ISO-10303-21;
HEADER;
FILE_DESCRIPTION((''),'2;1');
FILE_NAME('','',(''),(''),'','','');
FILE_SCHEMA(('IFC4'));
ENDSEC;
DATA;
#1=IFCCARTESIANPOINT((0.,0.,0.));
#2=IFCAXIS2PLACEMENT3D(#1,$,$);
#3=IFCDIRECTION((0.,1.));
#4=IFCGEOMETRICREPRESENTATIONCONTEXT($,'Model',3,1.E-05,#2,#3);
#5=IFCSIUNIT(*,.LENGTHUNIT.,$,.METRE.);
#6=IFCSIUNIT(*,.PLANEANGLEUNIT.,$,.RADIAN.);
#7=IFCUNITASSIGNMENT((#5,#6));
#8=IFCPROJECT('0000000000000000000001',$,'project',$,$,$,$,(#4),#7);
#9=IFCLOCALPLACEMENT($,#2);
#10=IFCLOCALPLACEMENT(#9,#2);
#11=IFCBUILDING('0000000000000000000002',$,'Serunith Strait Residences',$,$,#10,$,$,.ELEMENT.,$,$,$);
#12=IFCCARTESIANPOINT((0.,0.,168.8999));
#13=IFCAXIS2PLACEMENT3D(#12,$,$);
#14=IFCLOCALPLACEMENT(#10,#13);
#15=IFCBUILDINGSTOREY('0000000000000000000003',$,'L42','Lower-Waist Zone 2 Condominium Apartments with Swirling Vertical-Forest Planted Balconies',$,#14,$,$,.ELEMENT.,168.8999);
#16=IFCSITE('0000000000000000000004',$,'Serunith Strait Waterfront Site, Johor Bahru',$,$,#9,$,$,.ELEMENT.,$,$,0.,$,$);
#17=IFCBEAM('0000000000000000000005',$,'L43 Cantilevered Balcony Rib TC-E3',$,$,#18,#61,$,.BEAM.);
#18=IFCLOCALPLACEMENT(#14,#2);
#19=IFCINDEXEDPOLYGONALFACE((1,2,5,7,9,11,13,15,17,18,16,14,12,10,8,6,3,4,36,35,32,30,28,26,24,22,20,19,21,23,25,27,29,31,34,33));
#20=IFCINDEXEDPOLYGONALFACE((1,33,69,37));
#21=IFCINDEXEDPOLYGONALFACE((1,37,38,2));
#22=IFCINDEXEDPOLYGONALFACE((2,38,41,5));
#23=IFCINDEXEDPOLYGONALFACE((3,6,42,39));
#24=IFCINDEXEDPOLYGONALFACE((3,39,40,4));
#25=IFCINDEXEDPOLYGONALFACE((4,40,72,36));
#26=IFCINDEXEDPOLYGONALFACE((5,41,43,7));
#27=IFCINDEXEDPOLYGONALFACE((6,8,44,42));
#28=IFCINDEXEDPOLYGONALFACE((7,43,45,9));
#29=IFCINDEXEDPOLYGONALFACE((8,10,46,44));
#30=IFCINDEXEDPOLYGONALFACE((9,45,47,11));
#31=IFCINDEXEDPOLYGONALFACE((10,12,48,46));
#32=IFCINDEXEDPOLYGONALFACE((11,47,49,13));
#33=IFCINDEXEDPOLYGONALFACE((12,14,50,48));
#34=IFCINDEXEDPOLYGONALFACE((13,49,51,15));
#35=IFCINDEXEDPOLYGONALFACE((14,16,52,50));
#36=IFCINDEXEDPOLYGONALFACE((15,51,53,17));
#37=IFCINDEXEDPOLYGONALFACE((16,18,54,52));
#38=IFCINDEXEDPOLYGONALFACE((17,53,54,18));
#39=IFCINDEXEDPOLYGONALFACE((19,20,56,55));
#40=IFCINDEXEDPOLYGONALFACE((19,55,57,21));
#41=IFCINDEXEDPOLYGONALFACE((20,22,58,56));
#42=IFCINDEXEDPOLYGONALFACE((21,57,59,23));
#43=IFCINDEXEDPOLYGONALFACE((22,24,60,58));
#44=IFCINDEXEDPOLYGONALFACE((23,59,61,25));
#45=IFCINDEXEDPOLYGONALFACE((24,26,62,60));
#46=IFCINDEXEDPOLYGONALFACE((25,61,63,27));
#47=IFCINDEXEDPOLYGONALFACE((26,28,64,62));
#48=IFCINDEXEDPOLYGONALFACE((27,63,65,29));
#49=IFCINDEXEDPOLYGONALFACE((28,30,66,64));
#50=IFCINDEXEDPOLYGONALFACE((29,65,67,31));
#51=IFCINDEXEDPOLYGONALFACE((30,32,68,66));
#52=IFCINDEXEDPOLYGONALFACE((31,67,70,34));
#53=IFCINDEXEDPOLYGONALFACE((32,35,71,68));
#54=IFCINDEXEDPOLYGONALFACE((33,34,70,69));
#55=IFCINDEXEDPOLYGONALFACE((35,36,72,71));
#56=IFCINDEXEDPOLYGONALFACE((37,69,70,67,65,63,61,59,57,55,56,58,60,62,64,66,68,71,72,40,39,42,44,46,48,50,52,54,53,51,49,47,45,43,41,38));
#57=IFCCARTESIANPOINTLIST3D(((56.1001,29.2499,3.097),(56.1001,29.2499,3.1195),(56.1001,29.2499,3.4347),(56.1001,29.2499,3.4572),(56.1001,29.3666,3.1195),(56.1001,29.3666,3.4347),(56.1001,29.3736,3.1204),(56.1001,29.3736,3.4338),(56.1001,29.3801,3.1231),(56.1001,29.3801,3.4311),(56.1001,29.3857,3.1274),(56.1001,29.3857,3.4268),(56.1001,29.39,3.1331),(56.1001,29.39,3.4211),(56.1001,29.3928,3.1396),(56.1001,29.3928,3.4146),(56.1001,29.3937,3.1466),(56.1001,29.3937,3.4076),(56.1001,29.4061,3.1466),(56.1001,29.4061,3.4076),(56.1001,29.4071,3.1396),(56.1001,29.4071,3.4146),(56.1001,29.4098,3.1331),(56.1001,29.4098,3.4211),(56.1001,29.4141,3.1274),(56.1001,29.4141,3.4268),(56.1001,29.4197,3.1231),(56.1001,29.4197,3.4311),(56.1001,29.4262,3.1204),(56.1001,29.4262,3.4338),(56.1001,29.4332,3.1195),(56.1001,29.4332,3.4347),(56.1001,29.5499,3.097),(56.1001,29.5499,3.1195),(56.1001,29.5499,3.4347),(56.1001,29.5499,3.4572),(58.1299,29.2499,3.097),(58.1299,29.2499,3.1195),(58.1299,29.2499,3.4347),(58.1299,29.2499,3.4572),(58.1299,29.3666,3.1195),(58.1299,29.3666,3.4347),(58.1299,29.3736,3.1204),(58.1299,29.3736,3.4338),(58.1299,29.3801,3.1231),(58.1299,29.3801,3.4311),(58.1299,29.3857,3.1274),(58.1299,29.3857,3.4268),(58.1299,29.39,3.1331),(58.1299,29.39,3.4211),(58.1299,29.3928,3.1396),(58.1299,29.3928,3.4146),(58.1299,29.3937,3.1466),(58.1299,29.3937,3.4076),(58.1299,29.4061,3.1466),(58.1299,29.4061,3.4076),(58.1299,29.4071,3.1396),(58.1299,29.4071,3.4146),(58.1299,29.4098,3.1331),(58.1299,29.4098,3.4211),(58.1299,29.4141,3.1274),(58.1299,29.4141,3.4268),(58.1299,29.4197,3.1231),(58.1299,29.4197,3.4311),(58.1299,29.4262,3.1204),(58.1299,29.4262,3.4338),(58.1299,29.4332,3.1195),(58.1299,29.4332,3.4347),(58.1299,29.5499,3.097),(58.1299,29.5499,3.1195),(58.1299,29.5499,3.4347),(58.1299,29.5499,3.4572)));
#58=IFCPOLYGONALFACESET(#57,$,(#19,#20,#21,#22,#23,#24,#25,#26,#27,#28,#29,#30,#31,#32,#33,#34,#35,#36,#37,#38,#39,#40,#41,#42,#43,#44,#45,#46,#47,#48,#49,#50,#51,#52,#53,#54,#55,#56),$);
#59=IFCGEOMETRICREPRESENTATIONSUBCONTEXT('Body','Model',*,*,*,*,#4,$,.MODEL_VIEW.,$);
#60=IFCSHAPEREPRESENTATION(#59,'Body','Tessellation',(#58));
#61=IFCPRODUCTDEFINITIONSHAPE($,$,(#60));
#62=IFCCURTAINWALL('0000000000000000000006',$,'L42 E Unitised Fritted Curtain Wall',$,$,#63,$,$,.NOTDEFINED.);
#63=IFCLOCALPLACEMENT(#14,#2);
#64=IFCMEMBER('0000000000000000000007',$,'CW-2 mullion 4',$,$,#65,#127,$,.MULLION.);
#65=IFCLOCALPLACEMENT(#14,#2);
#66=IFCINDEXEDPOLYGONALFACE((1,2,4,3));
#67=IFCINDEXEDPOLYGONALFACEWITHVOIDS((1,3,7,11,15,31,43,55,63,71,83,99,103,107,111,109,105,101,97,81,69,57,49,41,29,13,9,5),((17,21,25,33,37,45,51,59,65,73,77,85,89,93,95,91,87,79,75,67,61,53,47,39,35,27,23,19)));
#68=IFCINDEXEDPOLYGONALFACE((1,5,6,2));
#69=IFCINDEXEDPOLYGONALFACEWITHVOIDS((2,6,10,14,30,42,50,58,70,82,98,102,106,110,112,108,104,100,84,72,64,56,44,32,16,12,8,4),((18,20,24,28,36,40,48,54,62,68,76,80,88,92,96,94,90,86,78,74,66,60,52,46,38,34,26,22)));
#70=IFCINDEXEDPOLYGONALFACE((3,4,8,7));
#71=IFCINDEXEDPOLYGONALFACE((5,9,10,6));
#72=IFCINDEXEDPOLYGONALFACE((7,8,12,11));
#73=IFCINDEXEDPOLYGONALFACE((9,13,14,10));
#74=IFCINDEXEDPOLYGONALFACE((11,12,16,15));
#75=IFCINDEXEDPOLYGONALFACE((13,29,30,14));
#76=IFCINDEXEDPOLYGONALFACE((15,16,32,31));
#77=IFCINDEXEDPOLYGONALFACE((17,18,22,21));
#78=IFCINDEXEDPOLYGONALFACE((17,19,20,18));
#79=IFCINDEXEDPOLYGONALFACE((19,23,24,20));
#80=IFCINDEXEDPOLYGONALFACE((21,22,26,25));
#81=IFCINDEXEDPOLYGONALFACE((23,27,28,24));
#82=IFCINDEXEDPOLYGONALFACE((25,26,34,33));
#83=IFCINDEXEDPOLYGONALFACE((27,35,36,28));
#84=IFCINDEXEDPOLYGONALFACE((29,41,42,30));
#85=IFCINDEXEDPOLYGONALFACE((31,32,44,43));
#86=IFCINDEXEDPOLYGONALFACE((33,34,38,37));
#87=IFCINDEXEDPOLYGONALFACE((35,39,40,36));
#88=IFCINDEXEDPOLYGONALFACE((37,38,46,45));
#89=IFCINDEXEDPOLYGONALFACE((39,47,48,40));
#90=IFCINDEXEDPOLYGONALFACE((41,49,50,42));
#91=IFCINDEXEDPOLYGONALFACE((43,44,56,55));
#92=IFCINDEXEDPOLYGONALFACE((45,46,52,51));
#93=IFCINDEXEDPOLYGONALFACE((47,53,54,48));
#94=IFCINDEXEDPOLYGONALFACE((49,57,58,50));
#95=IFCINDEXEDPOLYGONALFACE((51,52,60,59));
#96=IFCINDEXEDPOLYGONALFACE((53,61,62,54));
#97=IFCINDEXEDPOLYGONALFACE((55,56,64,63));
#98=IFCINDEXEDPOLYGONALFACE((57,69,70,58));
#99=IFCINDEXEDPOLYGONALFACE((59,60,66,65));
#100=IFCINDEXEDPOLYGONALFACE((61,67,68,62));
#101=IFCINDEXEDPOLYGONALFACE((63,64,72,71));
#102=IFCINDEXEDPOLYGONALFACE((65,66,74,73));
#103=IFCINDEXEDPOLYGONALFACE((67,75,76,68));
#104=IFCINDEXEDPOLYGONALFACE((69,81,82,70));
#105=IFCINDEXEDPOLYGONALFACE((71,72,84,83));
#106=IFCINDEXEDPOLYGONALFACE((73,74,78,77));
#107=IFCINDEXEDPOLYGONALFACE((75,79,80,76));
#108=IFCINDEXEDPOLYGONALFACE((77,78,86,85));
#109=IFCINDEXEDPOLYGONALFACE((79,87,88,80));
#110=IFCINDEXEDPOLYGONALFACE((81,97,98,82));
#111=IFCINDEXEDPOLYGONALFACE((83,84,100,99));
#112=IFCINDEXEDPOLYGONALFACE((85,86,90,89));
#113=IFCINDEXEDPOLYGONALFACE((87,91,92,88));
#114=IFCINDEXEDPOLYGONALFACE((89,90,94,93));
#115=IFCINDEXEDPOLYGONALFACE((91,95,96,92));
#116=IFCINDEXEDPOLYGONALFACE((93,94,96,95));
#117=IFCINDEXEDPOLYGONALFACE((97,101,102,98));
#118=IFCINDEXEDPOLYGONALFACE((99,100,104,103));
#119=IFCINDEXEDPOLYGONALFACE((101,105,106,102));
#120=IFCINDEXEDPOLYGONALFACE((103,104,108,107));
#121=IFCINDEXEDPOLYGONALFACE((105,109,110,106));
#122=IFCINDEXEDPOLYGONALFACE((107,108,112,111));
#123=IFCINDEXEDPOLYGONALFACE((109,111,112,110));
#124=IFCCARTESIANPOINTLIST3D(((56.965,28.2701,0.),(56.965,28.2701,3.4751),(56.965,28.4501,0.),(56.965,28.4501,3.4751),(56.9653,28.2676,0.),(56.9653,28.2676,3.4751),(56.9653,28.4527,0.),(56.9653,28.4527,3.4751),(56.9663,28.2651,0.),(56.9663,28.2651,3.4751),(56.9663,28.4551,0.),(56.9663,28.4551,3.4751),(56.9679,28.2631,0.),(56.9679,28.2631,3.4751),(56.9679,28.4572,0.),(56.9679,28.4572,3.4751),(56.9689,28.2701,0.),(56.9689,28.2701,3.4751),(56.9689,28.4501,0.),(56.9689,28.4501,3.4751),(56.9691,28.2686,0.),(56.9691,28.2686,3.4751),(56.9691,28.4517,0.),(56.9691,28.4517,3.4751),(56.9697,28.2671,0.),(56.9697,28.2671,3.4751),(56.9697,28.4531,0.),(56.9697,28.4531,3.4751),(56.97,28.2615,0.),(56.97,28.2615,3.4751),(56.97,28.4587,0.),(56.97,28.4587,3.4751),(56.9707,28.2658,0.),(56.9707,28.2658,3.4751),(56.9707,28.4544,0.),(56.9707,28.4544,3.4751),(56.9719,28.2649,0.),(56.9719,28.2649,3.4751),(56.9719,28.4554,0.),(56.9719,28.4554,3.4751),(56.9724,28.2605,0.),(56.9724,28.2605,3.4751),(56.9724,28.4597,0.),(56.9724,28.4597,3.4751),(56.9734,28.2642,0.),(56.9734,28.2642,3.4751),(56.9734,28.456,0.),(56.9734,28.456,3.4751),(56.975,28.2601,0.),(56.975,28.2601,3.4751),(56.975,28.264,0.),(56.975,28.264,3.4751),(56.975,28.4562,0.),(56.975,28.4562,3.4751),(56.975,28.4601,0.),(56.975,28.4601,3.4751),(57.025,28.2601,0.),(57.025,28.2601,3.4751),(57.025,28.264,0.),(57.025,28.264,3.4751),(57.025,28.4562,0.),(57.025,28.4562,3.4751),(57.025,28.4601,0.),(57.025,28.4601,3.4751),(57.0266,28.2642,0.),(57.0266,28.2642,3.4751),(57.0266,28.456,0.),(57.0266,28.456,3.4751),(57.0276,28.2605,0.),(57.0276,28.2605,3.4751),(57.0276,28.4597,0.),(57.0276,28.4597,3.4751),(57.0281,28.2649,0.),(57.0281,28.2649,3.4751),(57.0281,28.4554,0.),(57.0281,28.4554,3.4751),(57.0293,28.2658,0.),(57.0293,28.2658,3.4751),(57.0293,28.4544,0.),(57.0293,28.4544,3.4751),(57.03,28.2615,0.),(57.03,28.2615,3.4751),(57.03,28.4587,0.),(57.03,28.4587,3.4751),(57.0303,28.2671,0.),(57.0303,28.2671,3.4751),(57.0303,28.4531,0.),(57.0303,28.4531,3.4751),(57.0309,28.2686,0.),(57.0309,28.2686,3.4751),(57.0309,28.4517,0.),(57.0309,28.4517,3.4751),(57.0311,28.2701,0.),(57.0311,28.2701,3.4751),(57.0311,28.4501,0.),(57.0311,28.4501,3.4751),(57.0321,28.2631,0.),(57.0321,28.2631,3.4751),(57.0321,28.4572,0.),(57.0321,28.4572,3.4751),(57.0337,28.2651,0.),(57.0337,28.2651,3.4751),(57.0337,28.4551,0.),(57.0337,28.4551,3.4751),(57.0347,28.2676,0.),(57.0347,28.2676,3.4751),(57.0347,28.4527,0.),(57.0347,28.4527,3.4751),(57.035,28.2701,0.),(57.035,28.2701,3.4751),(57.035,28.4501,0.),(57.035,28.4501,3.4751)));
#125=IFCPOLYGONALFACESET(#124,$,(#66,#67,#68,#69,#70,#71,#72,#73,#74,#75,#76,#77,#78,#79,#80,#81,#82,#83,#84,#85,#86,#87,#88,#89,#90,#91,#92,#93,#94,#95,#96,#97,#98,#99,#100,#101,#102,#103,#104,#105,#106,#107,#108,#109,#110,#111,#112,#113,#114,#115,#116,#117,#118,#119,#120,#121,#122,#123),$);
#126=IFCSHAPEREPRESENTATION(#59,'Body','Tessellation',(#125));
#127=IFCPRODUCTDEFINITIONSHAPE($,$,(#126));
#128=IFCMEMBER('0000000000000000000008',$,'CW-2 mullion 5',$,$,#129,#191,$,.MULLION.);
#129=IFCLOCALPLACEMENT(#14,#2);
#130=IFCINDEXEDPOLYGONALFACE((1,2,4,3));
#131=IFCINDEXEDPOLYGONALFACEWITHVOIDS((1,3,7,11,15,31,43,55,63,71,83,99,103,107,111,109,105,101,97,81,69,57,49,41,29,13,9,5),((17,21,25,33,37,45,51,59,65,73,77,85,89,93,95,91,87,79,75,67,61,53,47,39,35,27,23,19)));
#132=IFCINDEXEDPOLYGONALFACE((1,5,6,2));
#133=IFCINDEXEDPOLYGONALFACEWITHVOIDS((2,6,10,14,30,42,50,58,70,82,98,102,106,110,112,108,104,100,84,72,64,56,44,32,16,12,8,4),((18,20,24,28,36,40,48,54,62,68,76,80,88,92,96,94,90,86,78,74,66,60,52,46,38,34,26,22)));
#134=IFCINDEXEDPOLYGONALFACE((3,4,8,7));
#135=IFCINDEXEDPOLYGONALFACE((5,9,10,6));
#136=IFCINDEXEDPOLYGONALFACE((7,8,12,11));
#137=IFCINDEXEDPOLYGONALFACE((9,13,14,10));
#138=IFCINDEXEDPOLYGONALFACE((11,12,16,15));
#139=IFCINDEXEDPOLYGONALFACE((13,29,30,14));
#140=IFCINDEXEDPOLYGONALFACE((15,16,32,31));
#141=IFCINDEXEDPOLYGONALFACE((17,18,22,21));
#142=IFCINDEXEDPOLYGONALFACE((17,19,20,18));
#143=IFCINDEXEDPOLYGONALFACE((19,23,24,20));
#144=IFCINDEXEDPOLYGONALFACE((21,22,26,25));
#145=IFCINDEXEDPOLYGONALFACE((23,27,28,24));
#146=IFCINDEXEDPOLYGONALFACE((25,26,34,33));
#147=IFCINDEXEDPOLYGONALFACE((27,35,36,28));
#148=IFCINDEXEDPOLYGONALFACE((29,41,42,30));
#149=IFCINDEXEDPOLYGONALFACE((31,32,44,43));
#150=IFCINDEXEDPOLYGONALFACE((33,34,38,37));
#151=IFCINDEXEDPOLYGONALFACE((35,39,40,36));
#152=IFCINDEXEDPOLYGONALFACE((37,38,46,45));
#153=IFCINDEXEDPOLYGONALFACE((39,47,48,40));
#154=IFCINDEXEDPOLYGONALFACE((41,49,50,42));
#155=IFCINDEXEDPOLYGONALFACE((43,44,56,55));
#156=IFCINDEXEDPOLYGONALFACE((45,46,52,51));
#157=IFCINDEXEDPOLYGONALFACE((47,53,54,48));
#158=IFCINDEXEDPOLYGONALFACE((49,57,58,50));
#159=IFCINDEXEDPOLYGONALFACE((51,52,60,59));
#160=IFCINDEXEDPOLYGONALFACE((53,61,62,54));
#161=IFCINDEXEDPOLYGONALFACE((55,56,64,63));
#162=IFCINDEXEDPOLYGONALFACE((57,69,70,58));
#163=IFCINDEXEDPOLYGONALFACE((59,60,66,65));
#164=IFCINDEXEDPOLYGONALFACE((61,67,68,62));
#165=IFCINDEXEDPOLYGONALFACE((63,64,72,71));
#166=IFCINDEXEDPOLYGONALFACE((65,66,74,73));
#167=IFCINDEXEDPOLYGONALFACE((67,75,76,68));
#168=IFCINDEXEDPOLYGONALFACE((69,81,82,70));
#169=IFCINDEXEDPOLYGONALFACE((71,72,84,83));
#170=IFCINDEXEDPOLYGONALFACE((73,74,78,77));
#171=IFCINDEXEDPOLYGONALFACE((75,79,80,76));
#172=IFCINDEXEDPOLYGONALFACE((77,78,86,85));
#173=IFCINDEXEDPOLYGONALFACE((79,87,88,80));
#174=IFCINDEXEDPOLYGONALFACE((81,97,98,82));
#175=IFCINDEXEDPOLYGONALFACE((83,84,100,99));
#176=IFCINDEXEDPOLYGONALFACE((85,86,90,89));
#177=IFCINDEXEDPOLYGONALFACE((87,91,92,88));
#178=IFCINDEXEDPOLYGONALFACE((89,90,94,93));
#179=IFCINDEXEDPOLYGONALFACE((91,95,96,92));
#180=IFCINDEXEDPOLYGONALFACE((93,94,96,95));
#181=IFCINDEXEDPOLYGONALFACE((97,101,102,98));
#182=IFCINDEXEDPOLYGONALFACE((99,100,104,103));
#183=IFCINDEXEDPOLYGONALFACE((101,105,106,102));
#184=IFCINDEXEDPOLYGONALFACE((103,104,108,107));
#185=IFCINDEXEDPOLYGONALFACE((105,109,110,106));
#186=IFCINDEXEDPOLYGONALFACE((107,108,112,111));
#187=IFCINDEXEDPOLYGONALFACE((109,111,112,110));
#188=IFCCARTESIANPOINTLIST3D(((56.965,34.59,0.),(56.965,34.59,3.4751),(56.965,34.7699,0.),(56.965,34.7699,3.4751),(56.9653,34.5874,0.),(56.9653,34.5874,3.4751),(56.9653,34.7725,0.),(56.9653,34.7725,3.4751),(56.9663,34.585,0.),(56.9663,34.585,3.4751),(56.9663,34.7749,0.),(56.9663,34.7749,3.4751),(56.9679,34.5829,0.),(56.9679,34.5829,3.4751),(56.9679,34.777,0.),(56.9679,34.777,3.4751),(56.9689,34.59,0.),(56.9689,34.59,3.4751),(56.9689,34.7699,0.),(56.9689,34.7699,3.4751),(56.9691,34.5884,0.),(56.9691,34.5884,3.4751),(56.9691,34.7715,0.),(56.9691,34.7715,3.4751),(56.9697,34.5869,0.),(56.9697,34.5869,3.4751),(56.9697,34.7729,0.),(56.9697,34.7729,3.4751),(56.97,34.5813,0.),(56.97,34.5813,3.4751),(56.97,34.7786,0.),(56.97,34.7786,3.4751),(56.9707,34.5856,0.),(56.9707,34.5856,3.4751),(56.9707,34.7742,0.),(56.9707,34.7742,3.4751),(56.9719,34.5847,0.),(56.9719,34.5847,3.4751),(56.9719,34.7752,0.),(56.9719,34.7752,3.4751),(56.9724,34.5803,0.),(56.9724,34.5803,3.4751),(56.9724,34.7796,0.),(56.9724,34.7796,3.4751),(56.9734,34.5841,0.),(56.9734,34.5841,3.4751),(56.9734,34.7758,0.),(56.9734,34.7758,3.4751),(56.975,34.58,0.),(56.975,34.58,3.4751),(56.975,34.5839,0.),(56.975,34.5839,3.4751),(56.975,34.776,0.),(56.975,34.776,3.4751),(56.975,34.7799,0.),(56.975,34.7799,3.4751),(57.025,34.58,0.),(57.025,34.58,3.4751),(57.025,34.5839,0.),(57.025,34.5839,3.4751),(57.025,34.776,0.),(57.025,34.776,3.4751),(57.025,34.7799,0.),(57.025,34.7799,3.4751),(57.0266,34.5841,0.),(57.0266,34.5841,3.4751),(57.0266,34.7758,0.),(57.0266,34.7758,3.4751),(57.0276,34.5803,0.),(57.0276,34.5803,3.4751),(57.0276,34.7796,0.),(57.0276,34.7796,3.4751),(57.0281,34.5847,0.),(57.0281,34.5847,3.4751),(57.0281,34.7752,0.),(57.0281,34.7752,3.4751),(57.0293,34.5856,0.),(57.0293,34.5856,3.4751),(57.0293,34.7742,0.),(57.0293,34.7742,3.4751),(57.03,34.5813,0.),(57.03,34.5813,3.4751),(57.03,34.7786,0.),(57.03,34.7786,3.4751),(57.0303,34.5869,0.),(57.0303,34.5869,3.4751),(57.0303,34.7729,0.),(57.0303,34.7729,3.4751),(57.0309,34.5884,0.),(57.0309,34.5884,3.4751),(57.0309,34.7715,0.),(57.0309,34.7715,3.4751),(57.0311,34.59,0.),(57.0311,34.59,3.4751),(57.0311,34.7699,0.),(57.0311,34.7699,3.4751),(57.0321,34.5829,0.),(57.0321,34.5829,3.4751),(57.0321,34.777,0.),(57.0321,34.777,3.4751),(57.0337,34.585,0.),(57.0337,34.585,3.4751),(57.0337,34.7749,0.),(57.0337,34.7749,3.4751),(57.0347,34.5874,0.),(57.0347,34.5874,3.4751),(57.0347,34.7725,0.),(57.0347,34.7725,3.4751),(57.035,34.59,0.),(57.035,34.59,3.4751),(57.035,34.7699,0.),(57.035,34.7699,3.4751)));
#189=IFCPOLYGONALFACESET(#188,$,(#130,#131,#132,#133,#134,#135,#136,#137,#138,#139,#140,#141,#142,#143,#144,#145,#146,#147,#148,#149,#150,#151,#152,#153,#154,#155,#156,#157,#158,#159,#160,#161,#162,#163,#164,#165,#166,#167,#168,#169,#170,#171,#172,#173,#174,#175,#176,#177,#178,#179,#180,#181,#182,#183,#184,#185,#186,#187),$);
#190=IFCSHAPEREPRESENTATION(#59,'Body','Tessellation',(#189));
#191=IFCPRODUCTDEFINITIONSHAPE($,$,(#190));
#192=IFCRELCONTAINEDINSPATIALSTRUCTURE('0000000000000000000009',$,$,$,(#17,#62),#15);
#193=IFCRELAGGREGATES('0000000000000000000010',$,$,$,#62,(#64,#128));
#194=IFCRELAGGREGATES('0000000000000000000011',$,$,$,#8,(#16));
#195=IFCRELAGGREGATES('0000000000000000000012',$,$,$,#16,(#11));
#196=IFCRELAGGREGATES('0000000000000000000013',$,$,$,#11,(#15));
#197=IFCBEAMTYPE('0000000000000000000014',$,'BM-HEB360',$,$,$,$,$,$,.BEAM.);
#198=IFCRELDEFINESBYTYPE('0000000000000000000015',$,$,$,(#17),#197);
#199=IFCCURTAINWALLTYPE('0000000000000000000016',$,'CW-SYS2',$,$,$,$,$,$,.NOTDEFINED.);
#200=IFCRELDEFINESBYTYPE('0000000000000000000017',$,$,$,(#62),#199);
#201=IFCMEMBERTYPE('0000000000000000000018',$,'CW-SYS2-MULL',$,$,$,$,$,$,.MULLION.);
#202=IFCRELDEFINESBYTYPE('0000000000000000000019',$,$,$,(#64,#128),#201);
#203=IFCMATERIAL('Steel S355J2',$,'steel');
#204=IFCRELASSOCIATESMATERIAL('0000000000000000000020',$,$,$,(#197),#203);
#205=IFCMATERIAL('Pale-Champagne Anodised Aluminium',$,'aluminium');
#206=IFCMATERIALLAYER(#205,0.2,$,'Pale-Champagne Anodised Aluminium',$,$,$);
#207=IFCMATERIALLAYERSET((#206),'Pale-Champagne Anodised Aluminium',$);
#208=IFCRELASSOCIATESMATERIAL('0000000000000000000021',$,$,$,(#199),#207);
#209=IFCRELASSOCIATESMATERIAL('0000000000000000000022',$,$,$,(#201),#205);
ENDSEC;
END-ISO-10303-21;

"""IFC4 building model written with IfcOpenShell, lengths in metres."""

from ifc_helpers import new_model, si_unit, direction, frame, origin, origin_2d, place, context, subcontext, project, spatial, hollow_rectangle, i_section, extrude, source, transform, mapped, material, layer, layer_set, material_profile, profile_set, type_object, element, aggregate, save


model = new_model("IFC4")

# Units and contexts
model_context = context("Model", 3, precision=1e-05, world=origin(), true_north=direction((0.0, 1.0)))
body_context = subcontext(model_context, "Body", "Model", "MODEL_VIEW")
ifc_project = project(units=[si_unit("LENGTHUNIT", "METRE"), si_unit("PLANEANGLEUNIT", "RADIAN")], contexts=[model_context])

# Site, building, storey
site_placement = place(None, origin())
site = spatial("IfcSite", under=ifc_project, at=site_placement, Name="Serunith Strait Waterfront Site, Johor Bahru", CompositionType="ELEMENT", RefElevation=0.0)
building_placement = place(site_placement, origin())
building = spatial("IfcBuilding", under=site, at=building_placement, Name="Serunith Strait Residences", CompositionType="ELEMENT")
storey_placement = place(building_placement, frame((0.0, 0.0, 168.8999)))
storey = spatial("IfcBuildingStorey", under=building, at=storey_placement, Name="L42", Description="Lower-Waist Zone 2 Condominium Apartments with Swirling Vertical-Forest Planted Balconies", CompositionType="ELEMENT", Elevation=168.8999)

# Beam
ifc_material_1 = material(Name="Steel S355J2", Category="steel")
ifc_material_profile_1 = material_profile(ifc_material_1, i_section(OverallWidth=0.3, OverallDepth=0.3601, WebThickness=0.0125, FlangeThickness=0.0225, FilletRadius=0.0271, at=origin_2d()), Name="HEB 360")
ifc_profile_set_1 = profile_set([ifc_material_profile_1], Name="Steel S355J2")
beam_type_1 = type_object("IfcBeamType", Name="BM-HEB360", PredefinedType="BEAM", material=ifc_profile_set_1)
shared_shape_1 = source(origin(), body_context, "Body", "SweptSolid", [
    extrude(i_section(OverallWidth=0.3, OverallDepth=0.3601, WebThickness=0.0125, FlangeThickness=0.0225, FilletRadius=0.0271, at=origin_2d()), origin(), (0.0, 0.0, 1.0), 2.0298),
])
beam_1_placement = place(storey_placement, frame((56.1001, 29.3999, 3.2771), z_axis=(1.0, 0.0, 0.0), x_axis=(0.0, 1.0, 0.0)))
element("IfcBeam", 1, at=beam_1_placement, inside=storey, type_object=beam_type_1, Name="L43 Cantilevered Balcony Rib TC-E3", PredefinedType="BEAM", context=body_context, shape_type="MappedRepresentation", body=[
    mapped(shared_shape_1, transform((0.0, 0.0, 0.0), scale=1.0)),
])

# Curtain wall, members
ifc_material_2 = material(Name="Pale-Champagne Anodised Aluminium", Category="aluminium")
ifc_layer_1 = layer(ifc_material_2, 0.2, Name="Pale-Champagne Anodised Aluminium")
ifc_layer_set_1 = layer_set([ifc_layer_1], Name="Pale-Champagne Anodised Aluminium")
curtain_wall_type = type_object("IfcCurtainWallType", Name="CW-SYS2", PredefinedType="NOTDEFINED", material=ifc_layer_set_1)
curtain_wall_placement = place(storey_placement, origin())
curtain_wall = element("IfcCurtainWall", 2, at=curtain_wall_placement, inside=storey, type_object=curtain_wall_type, Name="L42 E Unitised Fritted Curtain Wall", PredefinedType="NOTDEFINED")
ifc_material_profile_2 = material_profile(ifc_material_2, hollow_rectangle(XDim=0.0701, YDim=0.2, WallThickness=0.0039, InnerFilletRadius=0.0061, OuterFilletRadius=0.01, at=origin_2d()), Name="ALU 200x70x4")
ifc_profile_set_2 = profile_set([ifc_material_profile_2], Name="Pale-Champagne Anodised Aluminium")
member_type_1 = type_object("IfcMemberType", Name="CW-SYS2-MULL", PredefinedType="MULLION", material=ifc_profile_set_2)
shared_shape_2 = source(origin(), body_context, "Body", "SweptSolid", [
    extrude(hollow_rectangle(XDim=0.0701, YDim=0.2, WallThickness=0.0039, InnerFilletRadius=0.0061, OuterFilletRadius=0.01, at=origin_2d()), origin(), (0.0, 0.0, 1.0), 3.4751),
])
member_1_placement = place(storey_placement, frame((57.0, 28.3601, 0.0), z_axis=(0.0, 0.0, 1.0), x_axis=(-1.0, 0.0, 0.0)))
member_1 = element("IfcMember", 3, at=member_1_placement, type_object=member_type_1, Name="CW-2 mullion 4", PredefinedType="MULLION", context=body_context, shape_type="MappedRepresentation", body=[
    mapped(shared_shape_2, transform((0.0, 0.0, 0.0), scale=1.0)),
])
member_2_placement = place(storey_placement, frame((57.0, 34.6799, 0.0), z_axis=(0.0, 0.0, 1.0), x_axis=(-1.0, 0.0, 0.0)))
member_2 = element("IfcMember", 4, at=member_2_placement, type_object=member_type_1, Name="CW-2 mullion 5", PredefinedType="MULLION", context=body_context, shape_type="MappedRepresentation", body=[
    mapped(shared_shape_2, transform((0.0, 0.0, 0.0), scale=1.0)),
])
aggregate(curtain_wall, [member_1, member_2])

save(model, "model.ifc")
